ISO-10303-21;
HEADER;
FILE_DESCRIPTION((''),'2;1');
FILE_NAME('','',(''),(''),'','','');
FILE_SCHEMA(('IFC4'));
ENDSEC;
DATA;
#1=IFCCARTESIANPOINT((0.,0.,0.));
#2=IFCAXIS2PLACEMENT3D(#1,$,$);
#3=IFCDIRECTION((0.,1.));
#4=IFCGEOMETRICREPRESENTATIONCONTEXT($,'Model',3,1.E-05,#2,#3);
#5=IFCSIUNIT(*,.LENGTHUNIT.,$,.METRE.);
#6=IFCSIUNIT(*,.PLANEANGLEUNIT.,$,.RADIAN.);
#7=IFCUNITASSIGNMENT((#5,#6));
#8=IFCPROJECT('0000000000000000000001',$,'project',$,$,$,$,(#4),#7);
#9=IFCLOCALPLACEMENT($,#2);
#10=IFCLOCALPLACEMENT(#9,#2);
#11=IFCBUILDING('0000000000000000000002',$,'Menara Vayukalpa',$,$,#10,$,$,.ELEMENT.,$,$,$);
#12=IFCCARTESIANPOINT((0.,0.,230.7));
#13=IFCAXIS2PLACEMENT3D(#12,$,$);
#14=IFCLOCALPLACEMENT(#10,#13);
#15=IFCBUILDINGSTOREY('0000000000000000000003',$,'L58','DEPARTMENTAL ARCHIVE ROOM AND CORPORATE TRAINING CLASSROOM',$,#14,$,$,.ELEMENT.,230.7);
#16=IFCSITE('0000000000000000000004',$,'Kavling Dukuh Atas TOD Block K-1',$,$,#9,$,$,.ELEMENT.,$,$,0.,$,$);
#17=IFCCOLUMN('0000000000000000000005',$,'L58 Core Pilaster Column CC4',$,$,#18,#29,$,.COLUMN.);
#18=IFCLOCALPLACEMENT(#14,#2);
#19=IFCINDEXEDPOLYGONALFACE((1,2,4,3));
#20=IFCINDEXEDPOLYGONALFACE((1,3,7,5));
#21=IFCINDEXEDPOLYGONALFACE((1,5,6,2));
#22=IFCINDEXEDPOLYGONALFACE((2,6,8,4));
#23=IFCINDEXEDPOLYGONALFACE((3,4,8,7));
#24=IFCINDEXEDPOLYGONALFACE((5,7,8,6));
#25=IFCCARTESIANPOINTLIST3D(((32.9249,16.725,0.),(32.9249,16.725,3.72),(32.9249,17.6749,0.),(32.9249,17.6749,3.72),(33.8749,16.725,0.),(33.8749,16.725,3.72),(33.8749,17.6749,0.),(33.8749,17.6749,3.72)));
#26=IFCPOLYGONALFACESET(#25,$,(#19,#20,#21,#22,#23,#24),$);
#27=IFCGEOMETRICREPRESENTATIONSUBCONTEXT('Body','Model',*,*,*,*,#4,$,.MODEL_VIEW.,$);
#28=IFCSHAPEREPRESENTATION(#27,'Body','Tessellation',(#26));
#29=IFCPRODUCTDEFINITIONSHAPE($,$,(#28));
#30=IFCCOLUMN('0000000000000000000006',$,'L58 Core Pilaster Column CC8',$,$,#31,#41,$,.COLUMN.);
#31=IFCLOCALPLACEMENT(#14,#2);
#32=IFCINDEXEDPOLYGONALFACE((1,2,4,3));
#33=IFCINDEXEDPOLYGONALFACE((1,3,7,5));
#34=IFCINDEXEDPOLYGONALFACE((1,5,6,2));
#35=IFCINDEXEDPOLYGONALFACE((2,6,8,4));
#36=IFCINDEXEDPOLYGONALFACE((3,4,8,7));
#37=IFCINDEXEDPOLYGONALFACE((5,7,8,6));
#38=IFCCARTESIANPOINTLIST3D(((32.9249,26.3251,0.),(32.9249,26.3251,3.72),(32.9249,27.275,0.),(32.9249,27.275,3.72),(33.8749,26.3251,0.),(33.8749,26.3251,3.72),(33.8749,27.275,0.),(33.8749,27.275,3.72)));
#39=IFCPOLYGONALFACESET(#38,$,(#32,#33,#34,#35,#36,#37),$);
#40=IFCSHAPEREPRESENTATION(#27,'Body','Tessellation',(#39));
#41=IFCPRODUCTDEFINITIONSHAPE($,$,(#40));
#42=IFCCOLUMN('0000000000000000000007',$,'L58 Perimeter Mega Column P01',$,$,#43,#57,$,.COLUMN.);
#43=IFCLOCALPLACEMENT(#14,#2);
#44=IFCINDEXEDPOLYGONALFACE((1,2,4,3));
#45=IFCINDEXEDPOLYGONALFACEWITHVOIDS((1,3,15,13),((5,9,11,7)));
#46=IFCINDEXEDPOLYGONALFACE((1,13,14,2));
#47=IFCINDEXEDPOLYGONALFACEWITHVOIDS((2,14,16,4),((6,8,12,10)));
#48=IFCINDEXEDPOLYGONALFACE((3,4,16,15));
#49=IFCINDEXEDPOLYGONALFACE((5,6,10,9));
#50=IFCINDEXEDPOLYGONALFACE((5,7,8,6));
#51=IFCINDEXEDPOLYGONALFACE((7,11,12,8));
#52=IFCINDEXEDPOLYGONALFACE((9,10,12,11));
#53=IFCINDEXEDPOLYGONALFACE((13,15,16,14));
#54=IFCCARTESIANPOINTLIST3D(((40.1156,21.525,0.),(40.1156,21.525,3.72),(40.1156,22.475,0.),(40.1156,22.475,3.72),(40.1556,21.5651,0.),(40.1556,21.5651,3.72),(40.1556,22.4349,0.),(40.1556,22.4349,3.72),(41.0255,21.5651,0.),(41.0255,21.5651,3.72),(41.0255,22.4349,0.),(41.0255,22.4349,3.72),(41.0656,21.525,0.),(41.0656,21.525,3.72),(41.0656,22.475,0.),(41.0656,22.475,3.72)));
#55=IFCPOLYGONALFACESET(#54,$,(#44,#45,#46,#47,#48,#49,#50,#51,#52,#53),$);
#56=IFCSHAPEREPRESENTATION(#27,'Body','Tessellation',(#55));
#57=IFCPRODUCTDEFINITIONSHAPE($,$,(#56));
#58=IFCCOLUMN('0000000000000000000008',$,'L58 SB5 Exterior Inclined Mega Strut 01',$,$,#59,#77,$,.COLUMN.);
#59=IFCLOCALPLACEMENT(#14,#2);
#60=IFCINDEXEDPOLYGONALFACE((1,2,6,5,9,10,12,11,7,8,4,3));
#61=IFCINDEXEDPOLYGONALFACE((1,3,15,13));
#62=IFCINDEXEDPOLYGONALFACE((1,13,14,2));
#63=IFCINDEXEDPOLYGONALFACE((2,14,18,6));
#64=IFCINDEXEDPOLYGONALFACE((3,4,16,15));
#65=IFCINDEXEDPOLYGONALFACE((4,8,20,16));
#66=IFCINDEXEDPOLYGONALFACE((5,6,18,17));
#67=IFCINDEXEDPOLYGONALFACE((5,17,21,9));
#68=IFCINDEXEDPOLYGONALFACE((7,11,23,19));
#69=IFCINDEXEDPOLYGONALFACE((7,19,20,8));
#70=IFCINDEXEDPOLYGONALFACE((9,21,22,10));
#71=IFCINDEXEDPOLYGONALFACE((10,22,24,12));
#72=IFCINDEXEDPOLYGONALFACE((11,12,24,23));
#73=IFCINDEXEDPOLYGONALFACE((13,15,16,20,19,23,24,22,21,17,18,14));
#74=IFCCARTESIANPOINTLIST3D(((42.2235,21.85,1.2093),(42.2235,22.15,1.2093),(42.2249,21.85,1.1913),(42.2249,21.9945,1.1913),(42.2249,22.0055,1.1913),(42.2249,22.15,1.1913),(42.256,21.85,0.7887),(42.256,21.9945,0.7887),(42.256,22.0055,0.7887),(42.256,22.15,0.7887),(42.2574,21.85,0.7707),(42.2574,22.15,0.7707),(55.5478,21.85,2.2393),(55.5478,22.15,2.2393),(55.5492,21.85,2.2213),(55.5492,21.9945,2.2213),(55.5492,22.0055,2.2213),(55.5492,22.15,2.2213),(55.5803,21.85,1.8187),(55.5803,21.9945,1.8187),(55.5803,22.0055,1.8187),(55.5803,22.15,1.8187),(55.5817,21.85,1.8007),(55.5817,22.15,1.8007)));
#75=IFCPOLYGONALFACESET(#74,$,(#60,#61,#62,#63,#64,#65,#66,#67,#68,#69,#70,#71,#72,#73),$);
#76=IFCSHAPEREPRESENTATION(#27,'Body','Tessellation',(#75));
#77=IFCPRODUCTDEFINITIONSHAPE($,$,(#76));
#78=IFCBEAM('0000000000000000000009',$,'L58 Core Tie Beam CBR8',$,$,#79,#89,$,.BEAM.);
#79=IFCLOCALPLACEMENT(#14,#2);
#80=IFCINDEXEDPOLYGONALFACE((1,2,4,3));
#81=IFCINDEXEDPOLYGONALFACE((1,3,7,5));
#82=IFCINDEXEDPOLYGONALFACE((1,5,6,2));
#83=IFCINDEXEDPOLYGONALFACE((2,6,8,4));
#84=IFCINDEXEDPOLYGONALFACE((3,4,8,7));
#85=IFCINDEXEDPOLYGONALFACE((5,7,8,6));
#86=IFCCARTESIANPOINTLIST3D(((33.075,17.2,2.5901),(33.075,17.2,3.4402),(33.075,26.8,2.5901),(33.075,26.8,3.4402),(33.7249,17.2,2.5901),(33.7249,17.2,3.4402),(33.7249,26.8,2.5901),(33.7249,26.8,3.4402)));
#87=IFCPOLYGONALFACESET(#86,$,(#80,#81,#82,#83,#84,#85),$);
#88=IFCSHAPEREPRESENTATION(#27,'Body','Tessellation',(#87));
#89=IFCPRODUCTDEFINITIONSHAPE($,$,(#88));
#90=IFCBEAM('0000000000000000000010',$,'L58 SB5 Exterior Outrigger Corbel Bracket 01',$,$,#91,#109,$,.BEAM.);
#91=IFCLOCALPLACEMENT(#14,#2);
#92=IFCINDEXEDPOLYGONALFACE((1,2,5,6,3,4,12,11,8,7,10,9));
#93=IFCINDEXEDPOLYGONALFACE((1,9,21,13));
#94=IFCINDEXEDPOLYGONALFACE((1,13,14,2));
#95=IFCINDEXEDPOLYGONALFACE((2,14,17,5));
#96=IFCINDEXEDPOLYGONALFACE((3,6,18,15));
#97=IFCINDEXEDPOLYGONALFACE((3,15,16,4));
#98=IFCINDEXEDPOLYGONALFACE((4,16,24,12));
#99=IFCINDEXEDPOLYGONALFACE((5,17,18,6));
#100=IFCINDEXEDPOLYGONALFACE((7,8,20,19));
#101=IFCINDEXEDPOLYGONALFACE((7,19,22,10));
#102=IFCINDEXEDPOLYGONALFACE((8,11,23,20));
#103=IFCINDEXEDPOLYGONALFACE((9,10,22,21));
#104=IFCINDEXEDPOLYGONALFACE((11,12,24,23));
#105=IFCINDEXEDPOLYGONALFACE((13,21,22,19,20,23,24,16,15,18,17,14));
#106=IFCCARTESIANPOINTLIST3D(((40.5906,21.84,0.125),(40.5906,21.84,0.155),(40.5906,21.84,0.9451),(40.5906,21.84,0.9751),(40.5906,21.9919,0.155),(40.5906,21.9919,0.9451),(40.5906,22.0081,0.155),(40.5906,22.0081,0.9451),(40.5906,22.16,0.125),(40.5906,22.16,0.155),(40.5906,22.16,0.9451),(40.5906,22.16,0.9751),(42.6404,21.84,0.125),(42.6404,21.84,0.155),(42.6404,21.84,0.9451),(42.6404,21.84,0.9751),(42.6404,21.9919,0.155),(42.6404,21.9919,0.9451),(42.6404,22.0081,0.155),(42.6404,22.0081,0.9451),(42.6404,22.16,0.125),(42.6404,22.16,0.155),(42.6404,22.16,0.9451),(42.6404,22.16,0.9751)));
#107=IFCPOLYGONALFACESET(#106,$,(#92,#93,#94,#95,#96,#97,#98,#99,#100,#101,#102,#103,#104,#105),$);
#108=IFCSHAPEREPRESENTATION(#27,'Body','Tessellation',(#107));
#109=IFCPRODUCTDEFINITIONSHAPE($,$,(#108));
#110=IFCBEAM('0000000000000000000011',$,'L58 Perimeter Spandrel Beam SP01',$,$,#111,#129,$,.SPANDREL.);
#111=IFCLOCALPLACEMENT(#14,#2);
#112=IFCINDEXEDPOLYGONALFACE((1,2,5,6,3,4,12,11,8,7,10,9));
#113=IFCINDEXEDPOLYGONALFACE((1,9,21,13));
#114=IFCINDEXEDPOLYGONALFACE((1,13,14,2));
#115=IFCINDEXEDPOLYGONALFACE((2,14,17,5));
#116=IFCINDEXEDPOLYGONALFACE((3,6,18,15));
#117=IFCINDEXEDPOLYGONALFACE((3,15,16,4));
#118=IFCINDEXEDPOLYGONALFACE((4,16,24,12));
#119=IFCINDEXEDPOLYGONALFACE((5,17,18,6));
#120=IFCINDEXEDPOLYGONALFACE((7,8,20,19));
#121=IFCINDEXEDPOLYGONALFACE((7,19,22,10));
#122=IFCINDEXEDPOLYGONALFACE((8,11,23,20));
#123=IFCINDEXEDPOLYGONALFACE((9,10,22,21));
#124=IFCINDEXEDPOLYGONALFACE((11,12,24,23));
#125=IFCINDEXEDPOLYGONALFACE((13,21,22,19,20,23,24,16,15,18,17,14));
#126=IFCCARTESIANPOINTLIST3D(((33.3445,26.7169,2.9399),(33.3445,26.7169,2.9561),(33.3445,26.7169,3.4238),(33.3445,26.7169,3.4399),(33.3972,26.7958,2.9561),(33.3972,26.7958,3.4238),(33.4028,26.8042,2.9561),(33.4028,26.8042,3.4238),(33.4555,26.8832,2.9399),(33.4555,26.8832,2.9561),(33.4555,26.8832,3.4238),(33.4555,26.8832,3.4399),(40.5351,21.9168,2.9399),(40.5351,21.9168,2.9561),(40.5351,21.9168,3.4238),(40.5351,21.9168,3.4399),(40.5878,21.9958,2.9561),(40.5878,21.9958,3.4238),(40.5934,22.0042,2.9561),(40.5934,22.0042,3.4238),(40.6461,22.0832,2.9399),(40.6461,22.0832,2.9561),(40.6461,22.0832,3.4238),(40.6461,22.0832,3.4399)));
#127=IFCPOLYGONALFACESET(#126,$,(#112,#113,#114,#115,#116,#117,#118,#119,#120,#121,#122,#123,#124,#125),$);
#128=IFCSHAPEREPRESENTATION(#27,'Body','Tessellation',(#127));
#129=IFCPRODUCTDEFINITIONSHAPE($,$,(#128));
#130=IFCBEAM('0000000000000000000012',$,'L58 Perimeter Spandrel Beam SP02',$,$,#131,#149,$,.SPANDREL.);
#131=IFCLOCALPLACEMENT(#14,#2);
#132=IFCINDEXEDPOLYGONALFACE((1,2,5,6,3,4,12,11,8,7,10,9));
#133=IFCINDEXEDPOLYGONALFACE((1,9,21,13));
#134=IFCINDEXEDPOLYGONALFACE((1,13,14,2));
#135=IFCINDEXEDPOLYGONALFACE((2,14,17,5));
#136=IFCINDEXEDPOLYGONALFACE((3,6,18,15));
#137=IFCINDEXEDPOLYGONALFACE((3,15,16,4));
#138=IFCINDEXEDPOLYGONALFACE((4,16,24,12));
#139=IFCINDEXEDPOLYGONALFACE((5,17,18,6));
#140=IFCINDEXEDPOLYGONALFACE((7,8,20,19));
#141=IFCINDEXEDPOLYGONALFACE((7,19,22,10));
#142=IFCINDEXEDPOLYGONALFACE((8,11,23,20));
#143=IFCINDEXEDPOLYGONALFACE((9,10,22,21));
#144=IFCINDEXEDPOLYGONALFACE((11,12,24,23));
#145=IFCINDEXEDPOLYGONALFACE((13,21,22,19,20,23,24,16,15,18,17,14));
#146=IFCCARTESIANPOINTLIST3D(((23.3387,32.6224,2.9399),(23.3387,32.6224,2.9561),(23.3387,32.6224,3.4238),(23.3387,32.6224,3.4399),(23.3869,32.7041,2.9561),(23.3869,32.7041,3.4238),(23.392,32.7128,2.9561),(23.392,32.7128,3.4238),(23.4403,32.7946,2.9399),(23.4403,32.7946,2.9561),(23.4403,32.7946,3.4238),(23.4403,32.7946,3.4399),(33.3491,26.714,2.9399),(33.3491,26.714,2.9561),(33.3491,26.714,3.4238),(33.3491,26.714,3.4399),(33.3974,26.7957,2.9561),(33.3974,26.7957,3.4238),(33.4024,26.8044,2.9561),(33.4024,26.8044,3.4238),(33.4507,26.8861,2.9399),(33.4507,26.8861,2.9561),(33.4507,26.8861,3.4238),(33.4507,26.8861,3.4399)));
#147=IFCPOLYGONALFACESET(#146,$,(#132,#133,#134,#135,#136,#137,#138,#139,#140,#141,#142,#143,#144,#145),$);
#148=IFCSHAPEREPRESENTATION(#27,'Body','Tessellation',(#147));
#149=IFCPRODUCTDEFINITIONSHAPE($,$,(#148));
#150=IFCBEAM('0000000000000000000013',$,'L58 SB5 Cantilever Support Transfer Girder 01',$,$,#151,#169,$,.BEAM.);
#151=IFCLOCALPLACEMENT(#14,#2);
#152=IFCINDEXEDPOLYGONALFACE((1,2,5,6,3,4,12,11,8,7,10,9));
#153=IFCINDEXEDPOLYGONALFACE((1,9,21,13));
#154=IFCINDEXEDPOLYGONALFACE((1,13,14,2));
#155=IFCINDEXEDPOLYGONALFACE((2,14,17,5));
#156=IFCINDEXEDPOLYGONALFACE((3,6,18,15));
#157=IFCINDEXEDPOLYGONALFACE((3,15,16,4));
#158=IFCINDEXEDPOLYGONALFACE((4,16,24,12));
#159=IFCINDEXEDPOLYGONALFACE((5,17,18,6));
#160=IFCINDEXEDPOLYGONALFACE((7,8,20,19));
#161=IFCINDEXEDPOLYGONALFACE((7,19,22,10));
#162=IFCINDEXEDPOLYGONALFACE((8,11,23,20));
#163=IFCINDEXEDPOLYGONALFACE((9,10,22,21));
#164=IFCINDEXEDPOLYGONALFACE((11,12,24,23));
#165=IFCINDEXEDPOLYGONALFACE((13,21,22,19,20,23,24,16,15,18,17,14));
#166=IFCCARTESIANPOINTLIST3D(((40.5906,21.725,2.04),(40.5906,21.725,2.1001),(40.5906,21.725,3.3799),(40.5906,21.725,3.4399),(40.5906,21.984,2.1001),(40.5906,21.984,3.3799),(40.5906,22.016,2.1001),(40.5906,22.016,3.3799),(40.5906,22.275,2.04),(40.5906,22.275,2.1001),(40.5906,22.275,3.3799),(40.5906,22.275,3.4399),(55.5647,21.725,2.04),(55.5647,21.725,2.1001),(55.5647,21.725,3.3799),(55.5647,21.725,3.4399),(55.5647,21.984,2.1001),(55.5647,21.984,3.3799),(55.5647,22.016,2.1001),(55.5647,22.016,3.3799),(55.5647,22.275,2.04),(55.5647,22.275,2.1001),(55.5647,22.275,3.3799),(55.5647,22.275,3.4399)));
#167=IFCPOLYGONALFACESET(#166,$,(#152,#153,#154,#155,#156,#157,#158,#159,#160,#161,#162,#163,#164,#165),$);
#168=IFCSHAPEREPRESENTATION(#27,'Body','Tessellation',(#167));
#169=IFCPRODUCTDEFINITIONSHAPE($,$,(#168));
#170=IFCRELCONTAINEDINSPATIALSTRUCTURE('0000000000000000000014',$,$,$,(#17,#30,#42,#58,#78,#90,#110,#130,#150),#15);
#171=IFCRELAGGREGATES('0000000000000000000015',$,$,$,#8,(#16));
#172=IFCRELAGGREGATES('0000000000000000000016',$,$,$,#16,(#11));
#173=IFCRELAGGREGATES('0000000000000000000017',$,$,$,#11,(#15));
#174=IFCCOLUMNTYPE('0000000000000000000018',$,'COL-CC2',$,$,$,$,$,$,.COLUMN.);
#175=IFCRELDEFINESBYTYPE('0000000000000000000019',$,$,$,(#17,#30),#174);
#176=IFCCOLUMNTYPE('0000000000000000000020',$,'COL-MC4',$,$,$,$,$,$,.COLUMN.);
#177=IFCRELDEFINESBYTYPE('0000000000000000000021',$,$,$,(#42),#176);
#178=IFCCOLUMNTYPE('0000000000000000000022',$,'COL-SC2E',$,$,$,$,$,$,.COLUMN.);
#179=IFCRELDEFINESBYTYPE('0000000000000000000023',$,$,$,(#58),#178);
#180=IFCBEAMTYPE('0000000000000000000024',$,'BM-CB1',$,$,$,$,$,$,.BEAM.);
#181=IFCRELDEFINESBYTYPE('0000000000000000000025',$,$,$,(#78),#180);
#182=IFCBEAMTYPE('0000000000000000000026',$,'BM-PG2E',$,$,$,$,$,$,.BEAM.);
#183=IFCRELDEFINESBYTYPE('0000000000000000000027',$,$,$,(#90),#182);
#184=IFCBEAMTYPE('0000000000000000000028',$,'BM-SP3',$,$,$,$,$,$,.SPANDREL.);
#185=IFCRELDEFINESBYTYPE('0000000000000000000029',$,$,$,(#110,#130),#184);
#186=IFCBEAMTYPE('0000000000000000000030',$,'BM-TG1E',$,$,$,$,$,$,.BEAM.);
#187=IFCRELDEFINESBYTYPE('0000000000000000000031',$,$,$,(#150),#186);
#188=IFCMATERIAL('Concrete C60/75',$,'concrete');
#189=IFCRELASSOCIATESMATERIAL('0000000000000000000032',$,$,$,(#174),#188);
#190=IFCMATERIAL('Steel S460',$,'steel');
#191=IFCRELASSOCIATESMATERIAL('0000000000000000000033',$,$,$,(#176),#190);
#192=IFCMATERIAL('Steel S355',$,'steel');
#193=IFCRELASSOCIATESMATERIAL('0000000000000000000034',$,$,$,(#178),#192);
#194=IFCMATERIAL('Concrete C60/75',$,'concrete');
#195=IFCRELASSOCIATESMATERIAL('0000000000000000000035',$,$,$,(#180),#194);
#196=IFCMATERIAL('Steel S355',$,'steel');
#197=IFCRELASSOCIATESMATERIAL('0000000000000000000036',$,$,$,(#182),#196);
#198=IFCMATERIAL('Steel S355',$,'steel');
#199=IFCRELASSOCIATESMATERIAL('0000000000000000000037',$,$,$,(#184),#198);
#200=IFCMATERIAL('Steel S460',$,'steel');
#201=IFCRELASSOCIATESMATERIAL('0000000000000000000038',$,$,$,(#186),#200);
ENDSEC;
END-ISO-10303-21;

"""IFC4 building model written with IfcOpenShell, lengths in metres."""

from ifc_helpers import new_model, si_unit, direction, frame, origin, origin_2d, place, context, subcontext, project, spatial, rectangle, hollow_rectangle, i_section, extrude, material, material_profile, profile_set, type_object, element, save


model = new_model("IFC4")

# Units and contexts
model_context = context("Model", 3, precision=1e-05, world=origin(), true_north=direction((0.0, 1.0)))
body_context = subcontext(model_context, "Body", "Model", "MODEL_VIEW")
ifc_project = project(units=[si_unit("LENGTHUNIT", "METRE"), si_unit("PLANEANGLEUNIT", "RADIAN")], contexts=[model_context])

# Site, building, storey
site_placement = place(None, origin())
site = spatial("IfcSite", under=ifc_project, at=site_placement, Name="Kavling Dukuh Atas TOD Block K-1", CompositionType="ELEMENT", RefElevation=0.0)
building_placement = place(site_placement, origin())
building = spatial("IfcBuilding", under=site, at=building_placement, Name="Menara Vayukalpa", CompositionType="ELEMENT")
storey_placement = place(building_placement, frame((0.0, 0.0, 230.7)))
storey = spatial("IfcBuildingStorey", under=building, at=storey_placement, Name="L58", Description="DEPARTMENTAL ARCHIVE ROOM AND CORPORATE TRAINING CLASSROOM", CompositionType="ELEMENT", Elevation=230.7)

# Columns
ifc_material_1 = material(Name="Concrete C60/75", Category="concrete")
ifc_material_profile_1 = material_profile(ifc_material_1, rectangle(XDim=0.95, YDim=0.95, at=origin_2d()), Name="RC 950x950")
ifc_profile_set_1 = profile_set([ifc_material_profile_1], Name="Concrete C60/75")
column_type_1 = type_object("IfcColumnType", Name="COL-CC2", PredefinedType="COLUMN", material=ifc_profile_set_1)
for number, where, z_axis, x_axis, name in (
    (1, (33.3999, 17.2, 0.0), (0.0, 0.0, 1.0), (1.0, 0.0, 0.0), "L58 Core Pilaster Column CC4"),
    (2, (33.3999, 26.8, 0.0), (0.0, 0.0, 1.0), (1.0, 0.0, 0.0), "L58 Core Pilaster Column CC8"),
):
    element("IfcColumn", number, at=place(storey_placement, frame(where, z_axis=z_axis, x_axis=x_axis)), inside=storey, type_object=column_type_1, Name=name, PredefinedType="COLUMN", context=body_context, shape_type="SweptSolid", body=[
        extrude(rectangle(XDim=0.95, YDim=0.95, at=origin_2d()), origin(), (0.0, 0.0, 1.0), 3.72),
    ])
ifc_material_2 = material(Name="Steel S460", Category="steel")
ifc_material_profile_2 = material_profile(ifc_material_2, hollow_rectangle(XDim=0.95, YDim=0.95, WallThickness=0.04, at=origin_2d()), Name="BOX 950x950x40")
ifc_profile_set_2 = profile_set([ifc_material_profile_2], Name="Steel S460")
column_type_2 = type_object("IfcColumnType", Name="COL-MC4", PredefinedType="COLUMN", material=ifc_profile_set_2)
column_1_placement = place(storey_placement, frame((40.5906, 22.0, 0.0), z_axis=(0.0, 0.0, 1.0), x_axis=(1.0, 0.0, 0.0)))
element("IfcColumn", 3, at=column_1_placement, inside=storey, type_object=column_type_2, Name="L58 Perimeter Mega Column P01", PredefinedType="COLUMN", context=body_context, shape_type="SweptSolid", body=[
    extrude(hollow_rectangle(XDim=0.95, YDim=0.95, WallThickness=0.04, at=origin_2d()), origin(), (0.0, 0.0, 1.0), 3.72),
])
ifc_material_3 = material(Name="Steel S355", Category="steel")
ifc_material_profile_3 = material_profile(ifc_material_3, i_section(OverallWidth=0.3, OverallDepth=0.4399, WebThickness=0.011, FlangeThickness=0.0181, at=origin_2d()), Name="H 440x300x11x18")
ifc_profile_set_3 = profile_set([ifc_material_profile_3], Name="Steel S355")
column_type_3 = type_object("IfcColumnType", Name="COL-SC2E", PredefinedType="COLUMN", material=ifc_profile_set_3)
column_2_placement = place(storey_placement, frame((42.2405, 22.0, 0.99), z_axis=(0.997025, 0.0, 0.077075), x_axis=(0.0, 1.0, 0.0)))
element("IfcColumn", 4, at=column_2_placement, inside=storey, type_object=column_type_3, Name="L58 SB5 Exterior Inclined Mega Strut 01", PredefinedType="COLUMN", context=body_context, shape_type="SweptSolid", body=[
    extrude(i_section(OverallWidth=0.3, OverallDepth=0.4399, WebThickness=0.011, FlangeThickness=0.0181, at=origin_2d()), origin(), (0.0, 0.0, 1.0), 13.364),
])

# Beams
ifc_material_4 = material(Name="Concrete C60/75", Category="concrete")
ifc_material_profile_4 = material_profile(ifc_material_4, rectangle(XDim=0.6499, YDim=0.8501, at=origin_2d()), Name="RC 650x850")
ifc_profile_set_4 = profile_set([ifc_material_profile_4], Name="Concrete C60/75")
beam_type_1 = type_object("IfcBeamType", Name="BM-CB1", PredefinedType="BEAM", material=ifc_profile_set_4)
beam_1_placement = place(storey_placement, frame((33.3999, 17.2, 3.0151), z_axis=(0.0, 1.0, 0.0), x_axis=(-1.0, 0.0, 0.0)))
element("IfcBeam", 5, at=beam_1_placement, inside=storey, type_object=beam_type_1, Name="L58 Core Tie Beam CBR8", PredefinedType="BEAM", context=body_context, shape_type="SweptSolid", body=[
    extrude(rectangle(XDim=0.6499, YDim=0.8501, at=origin_2d()), origin(), (0.0, 0.0, 1.0), 9.6001),
])
ifc_material_5 = material(Name="Steel S355", Category="steel")
ifc_material_profile_5 = material_profile(ifc_material_5, i_section(OverallWidth=0.3201, OverallDepth=0.8501, WebThickness=0.0161, FlangeThickness=0.03, at=origin_2d()), Name="WF 850x320x16x30")
ifc_profile_set_5 = profile_set([ifc_material_profile_5], Name="Steel S355")
beam_type_2 = type_object("IfcBeamType", Name="BM-PG2E", PredefinedType="BEAM", material=ifc_profile_set_5)
beam_2_placement = place(storey_placement, frame((40.5906, 22.0, 0.55), z_axis=(1.0, 0.0, 0.0), x_axis=(0.0, 1.0, 0.0)))
element("IfcBeam", 6, at=beam_2_placement, inside=storey, type_object=beam_type_2, Name="L58 SB5 Exterior Outrigger Corbel Bracket 01", PredefinedType="BEAM", context=body_context, shape_type="SweptSolid", body=[
    extrude(i_section(OverallWidth=0.3201, OverallDepth=0.8501, WebThickness=0.0161, FlangeThickness=0.03, at=origin_2d()), origin(), (0.0, 0.0, 1.0), 2.0498),
])
ifc_material_6 = material(Name="Steel S355", Category="steel")
ifc_material_profile_6 = material_profile(ifc_material_6, i_section(OverallWidth=0.2, OverallDepth=0.5, WebThickness=0.01, FlangeThickness=0.0161, at=origin_2d()), Name="WF 500x200x10x16")
ifc_profile_set_6 = profile_set([ifc_material_profile_6], Name="Steel S355")
beam_type_3 = type_object("IfcBeamType", Name="BM-SP3", PredefinedType="SPANDREL", material=ifc_profile_set_6)
beam_3_placement = place(storey_placement, frame((40.5906, 22.0, 3.1899), z_axis=(-0.831716, 0.555202, 0.0), x_axis=(-0.555202, -0.831716, 0.0)))
element("IfcBeam", 7, at=beam_3_placement, inside=storey, type_object=beam_type_3, Name="L58 Perimeter Spandrel Beam SP01", PredefinedType="SPANDREL", context=body_context, shape_type="SweptSolid", body=[
    extrude(i_section(OverallWidth=0.2, OverallDepth=0.5, WebThickness=0.01, FlangeThickness=0.0161, at=origin_2d()), origin(), (0.0, 0.0, 1.0), 8.6455),
])
beam_4_placement = place(storey_placement, frame((33.3999, 26.8, 3.1899), z_axis=(-0.861184, 0.508293, 0.0), x_axis=(-0.508293, -0.861184, 0.0)))
element("IfcBeam", 8, at=beam_4_placement, inside=storey, type_object=beam_type_3, Name="L58 Perimeter Spandrel Beam SP02", PredefinedType="SPANDREL", context=body_context, shape_type="SweptSolid", body=[
    extrude(i_section(OverallWidth=0.2, OverallDepth=0.5, WebThickness=0.01, FlangeThickness=0.0161, at=origin_2d()), origin(), (0.0, 0.0, 1.0), 11.624),
])
ifc_material_7 = material(Name="Steel S460", Category="steel")
ifc_material_profile_7 = material_profile(ifc_material_7, i_section(OverallWidth=0.55, OverallDepth=1.3999, WebThickness=0.032, FlangeThickness=0.0601, at=origin_2d()), Name="WG 1400x550x32x60")
ifc_profile_set_7 = profile_set([ifc_material_profile_7], Name="Steel S460")
beam_type_4 = type_object("IfcBeamType", Name="BM-TG1E", PredefinedType="BEAM", material=ifc_profile_set_7)
beam_5_placement = place(storey_placement, frame((40.5906, 22.0, 2.74), z_axis=(1.0, 0.0, 0.0), x_axis=(0.0, 1.0, 0.0)))
element("IfcBeam", 9, at=beam_5_placement, inside=storey, type_object=beam_type_4, Name="L58 SB5 Cantilever Support Transfer Girder 01", PredefinedType="BEAM", context=body_context, shape_type="SweptSolid", body=[
    extrude(i_section(OverallWidth=0.55, OverallDepth=1.3999, WebThickness=0.032, FlangeThickness=0.0601, at=origin_2d()), origin(), (0.0, 0.0, 1.0), 14.9741),
])

save(model, "model.ifc")
